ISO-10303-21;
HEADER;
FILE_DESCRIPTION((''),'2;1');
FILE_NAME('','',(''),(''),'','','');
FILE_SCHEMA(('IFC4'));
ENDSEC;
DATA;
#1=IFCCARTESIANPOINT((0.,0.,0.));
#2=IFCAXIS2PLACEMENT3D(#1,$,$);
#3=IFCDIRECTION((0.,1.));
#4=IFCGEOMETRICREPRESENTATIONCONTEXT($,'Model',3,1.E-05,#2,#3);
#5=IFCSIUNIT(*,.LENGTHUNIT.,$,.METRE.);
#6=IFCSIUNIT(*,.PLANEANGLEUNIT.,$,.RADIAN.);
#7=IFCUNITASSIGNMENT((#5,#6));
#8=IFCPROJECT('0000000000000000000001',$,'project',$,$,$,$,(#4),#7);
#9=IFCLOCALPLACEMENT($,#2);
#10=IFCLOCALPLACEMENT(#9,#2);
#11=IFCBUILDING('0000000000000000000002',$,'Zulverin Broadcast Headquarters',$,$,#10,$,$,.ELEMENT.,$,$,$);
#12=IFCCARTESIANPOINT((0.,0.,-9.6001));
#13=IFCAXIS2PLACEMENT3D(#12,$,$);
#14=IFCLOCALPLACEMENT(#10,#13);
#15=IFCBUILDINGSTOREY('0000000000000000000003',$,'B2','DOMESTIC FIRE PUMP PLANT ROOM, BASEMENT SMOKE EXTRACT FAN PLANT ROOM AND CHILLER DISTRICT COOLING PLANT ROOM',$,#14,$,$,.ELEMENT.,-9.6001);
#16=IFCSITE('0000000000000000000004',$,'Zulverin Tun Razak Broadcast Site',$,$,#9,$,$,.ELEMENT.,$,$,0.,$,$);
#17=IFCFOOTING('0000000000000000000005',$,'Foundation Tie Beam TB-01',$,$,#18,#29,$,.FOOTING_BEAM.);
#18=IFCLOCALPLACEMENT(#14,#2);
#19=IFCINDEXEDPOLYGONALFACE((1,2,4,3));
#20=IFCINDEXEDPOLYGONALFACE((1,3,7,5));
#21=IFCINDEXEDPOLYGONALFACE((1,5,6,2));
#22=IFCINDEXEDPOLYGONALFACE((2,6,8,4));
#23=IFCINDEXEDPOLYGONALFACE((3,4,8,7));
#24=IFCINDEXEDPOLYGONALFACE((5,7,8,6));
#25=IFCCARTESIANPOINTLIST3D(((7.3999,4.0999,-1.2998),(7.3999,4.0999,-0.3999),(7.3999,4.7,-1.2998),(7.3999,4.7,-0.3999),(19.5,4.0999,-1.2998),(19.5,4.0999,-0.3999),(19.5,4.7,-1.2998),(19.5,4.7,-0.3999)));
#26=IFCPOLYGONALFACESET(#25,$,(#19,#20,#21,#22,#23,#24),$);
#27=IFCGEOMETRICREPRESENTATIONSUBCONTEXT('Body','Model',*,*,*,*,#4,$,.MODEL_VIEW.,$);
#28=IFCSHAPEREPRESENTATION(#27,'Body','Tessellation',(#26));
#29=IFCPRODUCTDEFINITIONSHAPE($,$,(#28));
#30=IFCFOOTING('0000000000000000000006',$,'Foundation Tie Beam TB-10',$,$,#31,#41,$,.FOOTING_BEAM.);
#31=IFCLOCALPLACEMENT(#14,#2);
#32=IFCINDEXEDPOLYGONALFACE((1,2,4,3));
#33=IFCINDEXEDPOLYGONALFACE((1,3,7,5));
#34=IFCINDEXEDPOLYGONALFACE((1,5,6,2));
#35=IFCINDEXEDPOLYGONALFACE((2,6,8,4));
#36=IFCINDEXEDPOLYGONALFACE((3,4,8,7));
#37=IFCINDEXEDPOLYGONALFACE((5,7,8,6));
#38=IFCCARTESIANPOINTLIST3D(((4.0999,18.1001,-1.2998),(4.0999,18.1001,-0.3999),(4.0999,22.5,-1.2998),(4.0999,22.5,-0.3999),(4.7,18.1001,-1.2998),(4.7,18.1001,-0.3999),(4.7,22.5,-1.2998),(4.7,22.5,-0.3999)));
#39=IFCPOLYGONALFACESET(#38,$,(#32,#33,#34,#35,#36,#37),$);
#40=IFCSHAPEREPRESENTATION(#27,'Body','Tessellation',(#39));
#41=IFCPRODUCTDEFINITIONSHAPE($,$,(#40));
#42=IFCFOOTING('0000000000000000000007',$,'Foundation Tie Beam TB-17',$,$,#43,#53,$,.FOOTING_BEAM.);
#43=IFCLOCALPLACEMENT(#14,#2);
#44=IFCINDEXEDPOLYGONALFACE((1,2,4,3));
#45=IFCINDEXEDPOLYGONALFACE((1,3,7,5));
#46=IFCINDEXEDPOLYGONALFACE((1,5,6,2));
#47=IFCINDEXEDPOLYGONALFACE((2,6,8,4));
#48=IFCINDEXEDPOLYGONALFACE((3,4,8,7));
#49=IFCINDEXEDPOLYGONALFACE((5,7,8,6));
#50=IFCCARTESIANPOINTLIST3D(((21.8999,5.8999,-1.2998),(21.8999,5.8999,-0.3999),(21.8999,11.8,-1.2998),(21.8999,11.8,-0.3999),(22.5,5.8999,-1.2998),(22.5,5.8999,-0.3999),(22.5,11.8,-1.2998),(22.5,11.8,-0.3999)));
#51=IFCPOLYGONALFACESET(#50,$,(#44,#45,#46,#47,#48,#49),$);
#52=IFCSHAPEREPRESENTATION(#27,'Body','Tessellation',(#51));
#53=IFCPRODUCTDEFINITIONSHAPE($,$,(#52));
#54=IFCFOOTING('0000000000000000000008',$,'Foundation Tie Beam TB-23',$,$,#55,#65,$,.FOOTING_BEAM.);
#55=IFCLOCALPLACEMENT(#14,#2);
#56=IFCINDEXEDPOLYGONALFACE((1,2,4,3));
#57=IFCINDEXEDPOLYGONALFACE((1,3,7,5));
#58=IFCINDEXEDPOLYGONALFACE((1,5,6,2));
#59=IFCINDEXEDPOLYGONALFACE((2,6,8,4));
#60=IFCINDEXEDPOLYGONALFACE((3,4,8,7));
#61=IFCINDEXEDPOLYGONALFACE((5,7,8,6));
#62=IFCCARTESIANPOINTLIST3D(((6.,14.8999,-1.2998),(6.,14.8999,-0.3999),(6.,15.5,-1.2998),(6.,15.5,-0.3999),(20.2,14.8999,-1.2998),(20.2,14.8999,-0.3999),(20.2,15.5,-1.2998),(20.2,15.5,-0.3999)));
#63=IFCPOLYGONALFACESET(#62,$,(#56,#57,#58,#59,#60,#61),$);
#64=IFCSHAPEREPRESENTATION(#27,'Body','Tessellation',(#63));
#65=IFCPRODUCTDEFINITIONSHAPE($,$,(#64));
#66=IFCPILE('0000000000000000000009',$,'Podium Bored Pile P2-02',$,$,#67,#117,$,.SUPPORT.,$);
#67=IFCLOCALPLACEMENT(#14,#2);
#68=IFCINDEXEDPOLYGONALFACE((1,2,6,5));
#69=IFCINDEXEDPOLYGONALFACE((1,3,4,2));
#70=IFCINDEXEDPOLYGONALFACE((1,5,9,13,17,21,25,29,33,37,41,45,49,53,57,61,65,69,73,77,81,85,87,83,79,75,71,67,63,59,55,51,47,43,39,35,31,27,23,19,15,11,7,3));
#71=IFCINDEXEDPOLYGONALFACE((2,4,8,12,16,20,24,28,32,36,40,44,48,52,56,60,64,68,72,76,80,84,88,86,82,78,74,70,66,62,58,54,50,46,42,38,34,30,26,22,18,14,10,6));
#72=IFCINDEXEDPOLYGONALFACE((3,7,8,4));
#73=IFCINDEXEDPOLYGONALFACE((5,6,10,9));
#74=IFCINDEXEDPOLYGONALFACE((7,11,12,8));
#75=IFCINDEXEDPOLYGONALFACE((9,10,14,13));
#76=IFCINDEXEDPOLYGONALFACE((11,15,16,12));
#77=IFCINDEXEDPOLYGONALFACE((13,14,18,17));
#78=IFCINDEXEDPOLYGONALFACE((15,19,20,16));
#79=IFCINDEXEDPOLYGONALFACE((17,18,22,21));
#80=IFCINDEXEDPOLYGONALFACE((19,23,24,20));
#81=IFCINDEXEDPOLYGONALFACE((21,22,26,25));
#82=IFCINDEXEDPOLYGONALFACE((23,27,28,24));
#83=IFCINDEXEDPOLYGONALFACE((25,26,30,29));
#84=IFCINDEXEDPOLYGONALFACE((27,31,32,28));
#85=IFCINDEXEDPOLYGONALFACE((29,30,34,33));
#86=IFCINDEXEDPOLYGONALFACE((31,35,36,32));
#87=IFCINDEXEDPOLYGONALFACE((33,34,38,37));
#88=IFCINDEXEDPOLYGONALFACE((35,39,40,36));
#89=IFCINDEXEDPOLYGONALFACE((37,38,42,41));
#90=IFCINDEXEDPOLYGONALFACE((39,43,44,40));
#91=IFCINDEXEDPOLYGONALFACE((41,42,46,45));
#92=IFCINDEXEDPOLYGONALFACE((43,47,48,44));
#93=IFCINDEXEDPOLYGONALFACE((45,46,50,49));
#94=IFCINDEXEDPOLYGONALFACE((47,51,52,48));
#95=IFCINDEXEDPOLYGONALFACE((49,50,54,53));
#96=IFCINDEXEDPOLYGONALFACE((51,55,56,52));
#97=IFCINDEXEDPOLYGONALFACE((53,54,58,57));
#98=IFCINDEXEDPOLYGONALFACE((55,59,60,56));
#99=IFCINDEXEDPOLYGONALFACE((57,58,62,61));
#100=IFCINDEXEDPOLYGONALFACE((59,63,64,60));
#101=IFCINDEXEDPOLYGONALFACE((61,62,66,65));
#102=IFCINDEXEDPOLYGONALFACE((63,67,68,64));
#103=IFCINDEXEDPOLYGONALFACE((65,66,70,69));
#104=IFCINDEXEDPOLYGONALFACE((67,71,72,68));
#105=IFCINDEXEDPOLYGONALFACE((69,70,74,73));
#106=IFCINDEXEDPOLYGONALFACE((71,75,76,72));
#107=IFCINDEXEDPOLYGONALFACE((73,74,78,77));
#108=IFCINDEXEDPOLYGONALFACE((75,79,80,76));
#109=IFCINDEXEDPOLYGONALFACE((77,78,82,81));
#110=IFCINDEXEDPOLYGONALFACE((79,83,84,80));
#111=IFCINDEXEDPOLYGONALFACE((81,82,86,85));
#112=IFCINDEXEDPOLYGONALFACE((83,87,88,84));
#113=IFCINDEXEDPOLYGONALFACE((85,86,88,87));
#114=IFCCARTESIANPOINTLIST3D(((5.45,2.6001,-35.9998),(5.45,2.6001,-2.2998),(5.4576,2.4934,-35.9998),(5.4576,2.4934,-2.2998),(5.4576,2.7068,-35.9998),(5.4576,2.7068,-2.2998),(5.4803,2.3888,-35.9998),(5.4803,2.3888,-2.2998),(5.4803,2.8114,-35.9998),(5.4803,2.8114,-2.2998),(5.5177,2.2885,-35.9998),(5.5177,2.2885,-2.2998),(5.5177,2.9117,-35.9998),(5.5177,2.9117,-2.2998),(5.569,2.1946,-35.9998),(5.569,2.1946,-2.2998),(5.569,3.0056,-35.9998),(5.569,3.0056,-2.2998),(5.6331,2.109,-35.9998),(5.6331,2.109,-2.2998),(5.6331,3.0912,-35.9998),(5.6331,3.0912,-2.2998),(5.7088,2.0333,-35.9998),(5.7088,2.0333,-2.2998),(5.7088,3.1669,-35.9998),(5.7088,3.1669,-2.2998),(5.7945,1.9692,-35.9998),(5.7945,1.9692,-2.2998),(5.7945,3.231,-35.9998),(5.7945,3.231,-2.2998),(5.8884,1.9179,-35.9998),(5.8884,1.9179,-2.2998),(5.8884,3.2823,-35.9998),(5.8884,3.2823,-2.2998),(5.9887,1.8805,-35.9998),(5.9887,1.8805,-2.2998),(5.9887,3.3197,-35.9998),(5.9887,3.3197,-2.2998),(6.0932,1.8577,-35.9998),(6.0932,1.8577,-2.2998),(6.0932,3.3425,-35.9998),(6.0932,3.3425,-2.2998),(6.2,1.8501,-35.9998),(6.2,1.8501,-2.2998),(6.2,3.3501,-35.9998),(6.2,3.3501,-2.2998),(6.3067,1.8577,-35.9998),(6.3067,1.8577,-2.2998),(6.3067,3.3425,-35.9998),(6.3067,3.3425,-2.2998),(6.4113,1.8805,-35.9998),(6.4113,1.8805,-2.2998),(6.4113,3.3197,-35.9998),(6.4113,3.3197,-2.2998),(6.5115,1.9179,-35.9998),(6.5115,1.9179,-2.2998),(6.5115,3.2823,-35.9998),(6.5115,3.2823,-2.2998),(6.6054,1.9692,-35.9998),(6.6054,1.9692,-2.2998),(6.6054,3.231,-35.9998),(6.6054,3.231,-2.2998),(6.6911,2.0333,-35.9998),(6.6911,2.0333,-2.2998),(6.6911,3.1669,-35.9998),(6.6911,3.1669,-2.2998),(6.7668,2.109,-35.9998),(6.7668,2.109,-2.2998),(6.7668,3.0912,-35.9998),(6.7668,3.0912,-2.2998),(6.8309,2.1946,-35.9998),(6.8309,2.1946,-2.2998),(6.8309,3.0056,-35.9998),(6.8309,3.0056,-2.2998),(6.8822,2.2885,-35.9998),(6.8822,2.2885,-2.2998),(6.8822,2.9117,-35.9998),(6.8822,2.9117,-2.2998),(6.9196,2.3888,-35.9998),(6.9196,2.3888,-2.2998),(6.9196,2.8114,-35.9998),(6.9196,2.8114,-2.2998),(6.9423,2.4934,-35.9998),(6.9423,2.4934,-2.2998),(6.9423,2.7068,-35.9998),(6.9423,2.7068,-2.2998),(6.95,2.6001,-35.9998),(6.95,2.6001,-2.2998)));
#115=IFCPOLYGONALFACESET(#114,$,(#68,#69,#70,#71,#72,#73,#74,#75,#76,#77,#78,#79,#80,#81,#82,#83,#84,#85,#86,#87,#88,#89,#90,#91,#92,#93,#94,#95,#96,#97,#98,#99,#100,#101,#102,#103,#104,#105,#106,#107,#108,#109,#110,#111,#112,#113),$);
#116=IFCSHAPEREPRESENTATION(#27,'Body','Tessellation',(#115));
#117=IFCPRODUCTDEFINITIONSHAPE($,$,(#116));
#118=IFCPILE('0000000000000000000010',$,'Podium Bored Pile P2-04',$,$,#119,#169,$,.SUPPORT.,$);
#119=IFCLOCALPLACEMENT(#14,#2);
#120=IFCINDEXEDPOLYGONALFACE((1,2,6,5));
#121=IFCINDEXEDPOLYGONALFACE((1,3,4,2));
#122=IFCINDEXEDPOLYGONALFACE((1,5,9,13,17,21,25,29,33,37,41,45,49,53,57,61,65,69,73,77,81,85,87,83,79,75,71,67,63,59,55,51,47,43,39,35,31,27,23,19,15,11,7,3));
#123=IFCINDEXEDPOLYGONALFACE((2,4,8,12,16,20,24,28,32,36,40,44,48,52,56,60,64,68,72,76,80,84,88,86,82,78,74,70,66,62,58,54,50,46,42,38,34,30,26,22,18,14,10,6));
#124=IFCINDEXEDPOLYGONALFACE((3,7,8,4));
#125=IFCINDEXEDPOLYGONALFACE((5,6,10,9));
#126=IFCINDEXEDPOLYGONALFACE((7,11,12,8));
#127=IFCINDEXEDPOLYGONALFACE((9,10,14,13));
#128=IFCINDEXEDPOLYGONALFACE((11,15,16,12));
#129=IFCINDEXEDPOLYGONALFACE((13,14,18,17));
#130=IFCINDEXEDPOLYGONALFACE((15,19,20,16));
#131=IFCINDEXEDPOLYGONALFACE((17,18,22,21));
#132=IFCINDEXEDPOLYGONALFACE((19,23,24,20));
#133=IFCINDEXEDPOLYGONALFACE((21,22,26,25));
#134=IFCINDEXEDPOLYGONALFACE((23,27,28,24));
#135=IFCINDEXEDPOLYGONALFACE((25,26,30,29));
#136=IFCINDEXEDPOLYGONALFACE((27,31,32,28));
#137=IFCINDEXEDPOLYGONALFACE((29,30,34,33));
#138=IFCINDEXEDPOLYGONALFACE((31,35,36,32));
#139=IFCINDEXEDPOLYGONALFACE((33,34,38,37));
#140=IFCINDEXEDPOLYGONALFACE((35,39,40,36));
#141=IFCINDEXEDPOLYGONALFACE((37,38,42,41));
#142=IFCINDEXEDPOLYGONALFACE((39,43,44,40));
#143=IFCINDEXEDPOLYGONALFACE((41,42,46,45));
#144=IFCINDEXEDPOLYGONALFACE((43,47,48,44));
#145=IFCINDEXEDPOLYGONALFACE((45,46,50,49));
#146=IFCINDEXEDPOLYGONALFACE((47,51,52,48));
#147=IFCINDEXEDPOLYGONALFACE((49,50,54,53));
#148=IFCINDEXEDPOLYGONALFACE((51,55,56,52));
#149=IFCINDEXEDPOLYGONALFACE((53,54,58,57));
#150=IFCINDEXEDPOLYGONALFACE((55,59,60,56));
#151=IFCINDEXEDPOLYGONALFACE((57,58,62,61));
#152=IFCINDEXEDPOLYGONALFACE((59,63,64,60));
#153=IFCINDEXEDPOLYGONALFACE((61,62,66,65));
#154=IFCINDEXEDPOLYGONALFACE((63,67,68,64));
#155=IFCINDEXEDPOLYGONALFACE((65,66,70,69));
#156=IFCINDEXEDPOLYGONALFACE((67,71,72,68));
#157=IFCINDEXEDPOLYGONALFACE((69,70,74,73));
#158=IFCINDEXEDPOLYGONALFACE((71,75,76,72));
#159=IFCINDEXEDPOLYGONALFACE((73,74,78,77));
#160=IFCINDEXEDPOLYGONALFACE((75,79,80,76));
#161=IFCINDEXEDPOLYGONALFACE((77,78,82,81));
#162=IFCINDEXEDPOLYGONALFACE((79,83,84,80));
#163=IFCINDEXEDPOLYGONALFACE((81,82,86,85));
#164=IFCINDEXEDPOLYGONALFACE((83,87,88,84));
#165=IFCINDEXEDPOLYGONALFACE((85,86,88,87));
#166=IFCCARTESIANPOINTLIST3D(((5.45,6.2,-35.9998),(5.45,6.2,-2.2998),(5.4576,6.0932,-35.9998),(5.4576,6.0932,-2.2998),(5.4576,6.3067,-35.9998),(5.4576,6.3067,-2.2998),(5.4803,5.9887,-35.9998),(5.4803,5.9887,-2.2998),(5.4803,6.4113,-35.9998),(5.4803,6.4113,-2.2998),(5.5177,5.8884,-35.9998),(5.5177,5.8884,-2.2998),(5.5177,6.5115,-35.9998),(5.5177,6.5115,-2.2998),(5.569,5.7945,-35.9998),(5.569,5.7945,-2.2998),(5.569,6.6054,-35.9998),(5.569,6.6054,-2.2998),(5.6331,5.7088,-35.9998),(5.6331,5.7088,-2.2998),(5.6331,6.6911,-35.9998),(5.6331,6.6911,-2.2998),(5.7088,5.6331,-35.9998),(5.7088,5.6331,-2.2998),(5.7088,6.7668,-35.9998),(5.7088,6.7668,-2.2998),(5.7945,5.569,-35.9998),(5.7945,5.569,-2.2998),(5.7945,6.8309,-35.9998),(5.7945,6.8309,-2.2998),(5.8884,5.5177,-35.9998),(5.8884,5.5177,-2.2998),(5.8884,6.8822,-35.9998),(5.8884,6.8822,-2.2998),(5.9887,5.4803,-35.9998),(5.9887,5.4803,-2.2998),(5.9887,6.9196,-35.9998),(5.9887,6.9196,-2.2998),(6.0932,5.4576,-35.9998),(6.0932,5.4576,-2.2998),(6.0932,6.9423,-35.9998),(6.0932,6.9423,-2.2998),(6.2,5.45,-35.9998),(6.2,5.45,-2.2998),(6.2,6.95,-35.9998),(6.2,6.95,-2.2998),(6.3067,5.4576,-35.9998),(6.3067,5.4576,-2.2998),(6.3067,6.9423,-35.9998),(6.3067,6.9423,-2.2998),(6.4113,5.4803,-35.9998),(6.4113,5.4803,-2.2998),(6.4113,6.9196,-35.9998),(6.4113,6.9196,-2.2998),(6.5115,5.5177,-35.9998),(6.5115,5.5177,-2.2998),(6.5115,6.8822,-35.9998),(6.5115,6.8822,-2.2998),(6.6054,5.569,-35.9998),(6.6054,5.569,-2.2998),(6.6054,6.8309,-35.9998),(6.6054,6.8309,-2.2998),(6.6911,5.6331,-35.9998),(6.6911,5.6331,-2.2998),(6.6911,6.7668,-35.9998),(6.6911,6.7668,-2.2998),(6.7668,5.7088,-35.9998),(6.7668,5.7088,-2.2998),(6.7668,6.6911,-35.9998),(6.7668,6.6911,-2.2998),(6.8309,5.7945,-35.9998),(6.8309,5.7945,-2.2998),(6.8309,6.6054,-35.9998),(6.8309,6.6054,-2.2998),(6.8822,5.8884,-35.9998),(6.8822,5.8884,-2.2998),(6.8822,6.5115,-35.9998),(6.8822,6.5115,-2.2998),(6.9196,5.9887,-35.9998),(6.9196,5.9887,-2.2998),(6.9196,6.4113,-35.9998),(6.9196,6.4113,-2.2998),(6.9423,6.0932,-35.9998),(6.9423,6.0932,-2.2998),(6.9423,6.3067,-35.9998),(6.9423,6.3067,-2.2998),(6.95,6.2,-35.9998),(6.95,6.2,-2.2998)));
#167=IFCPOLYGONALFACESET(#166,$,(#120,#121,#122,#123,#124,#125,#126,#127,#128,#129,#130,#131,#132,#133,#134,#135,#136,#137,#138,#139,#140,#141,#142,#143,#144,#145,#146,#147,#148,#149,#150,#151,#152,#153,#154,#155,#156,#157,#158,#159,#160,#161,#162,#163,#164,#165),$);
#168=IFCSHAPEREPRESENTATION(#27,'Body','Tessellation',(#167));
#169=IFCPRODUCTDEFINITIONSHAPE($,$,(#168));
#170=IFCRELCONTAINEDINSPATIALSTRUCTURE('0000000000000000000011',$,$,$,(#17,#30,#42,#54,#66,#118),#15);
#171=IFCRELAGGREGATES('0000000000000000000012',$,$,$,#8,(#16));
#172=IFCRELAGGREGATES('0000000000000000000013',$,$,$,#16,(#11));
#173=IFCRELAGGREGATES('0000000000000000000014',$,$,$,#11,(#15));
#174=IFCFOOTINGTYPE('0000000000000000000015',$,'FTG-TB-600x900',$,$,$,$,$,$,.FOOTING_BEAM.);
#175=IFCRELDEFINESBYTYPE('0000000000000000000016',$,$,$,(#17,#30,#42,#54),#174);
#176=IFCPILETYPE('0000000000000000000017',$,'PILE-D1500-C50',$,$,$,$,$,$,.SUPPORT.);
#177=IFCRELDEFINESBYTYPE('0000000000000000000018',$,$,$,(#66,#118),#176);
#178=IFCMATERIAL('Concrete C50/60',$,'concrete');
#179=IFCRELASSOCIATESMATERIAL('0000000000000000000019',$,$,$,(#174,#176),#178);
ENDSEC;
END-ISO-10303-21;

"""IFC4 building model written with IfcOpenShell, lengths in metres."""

from ifc_helpers import new_model, si_unit, direction, frame, origin, origin_2d, place, context, subcontext, project, spatial, rectangle, circle, extrude, material, material_profile, profile_set, type_object, element, save


model = new_model("IFC4")

# Units and contexts
model_context = context("Model", 3, precision=1e-05, world=origin(), true_north=direction((0.0, 1.0)))
body_context = subcontext(model_context, "Body", "Model", "MODEL_VIEW")
ifc_project = project(units=[si_unit("LENGTHUNIT", "METRE"), si_unit("PLANEANGLEUNIT", "RADIAN")], contexts=[model_context])

# Site, building, storey
site_placement = place(None, origin())
site = spatial("IfcSite", under=ifc_project, at=site_placement, Name="Zulverin Tun Razak Broadcast Site", CompositionType="ELEMENT", RefElevation=0.0)
building_placement = place(site_placement, origin())
building = spatial("IfcBuilding", under=site, at=building_placement, Name="Zulverin Broadcast Headquarters", CompositionType="ELEMENT")
storey_placement = place(building_placement, frame((0.0, 0.0, -9.6001)))
storey = spatial("IfcBuildingStorey", under=building, at=storey_placement, Name="B2", Description="DOMESTIC FIRE PUMP PLANT ROOM, BASEMENT SMOKE EXTRACT FAN PLANT ROOM AND CHILLER DISTRICT COOLING PLANT ROOM", CompositionType="ELEMENT", Elevation=-9.6001)

# Footings
ifc_material_1 = material(Name="Concrete C50/60", Category="concrete")
ifc_material_profile_1 = material_profile(ifc_material_1, rectangle(XDim=0.6001, YDim=0.8999, at=origin_2d()), Name="Concrete C50/60", Category="concrete")
ifc_profile_set_1 = profile_set([ifc_material_profile_1], Name="Concrete C50/60")
footing_type = type_object("IfcFootingType", Name="FTG-TB-600x900", PredefinedType="FOOTING_BEAM", material=ifc_profile_set_1)
footing_1_placement = place(storey_placement, frame((7.3999, 4.3999, -0.8499), z_axis=(1.0, 0.0, 0.0), x_axis=(0.0, 1.0, 0.0)))
element("IfcFooting", 1, at=footing_1_placement, inside=storey, type_object=footing_type, Name="Foundation Tie Beam TB-01", PredefinedType="FOOTING_BEAM", context=body_context, shape_type="SweptSolid", body=[
    extrude(rectangle(XDim=0.6001, YDim=0.8999, at=origin_2d()), origin(), (0.0, 0.0, 1.0), 12.1001),
])
footing_2_placement = place(storey_placement, frame((4.3999, 18.1001, -0.8499), z_axis=(0.0, 1.0, 0.0), x_axis=(-1.0, 0.0, 0.0)))
element("IfcFooting", 2, at=footing_2_placement, inside=storey, type_object=footing_type, Name="Foundation Tie Beam TB-10", PredefinedType="FOOTING_BEAM", context=body_context, shape_type="SweptSolid", body=[
    extrude(rectangle(XDim=0.6001, YDim=0.8999, at=origin_2d()), origin(), (0.0, 0.0, 1.0), 4.3999),
])
footing_3_placement = place(storey_placement, frame((22.2, 5.8999, -0.8499), z_axis=(0.0, 1.0, 0.0), x_axis=(-1.0, 0.0, 0.0)))
element("IfcFooting", 3, at=footing_3_placement, inside=storey, type_object=footing_type, Name="Foundation Tie Beam TB-17", PredefinedType="FOOTING_BEAM", context=body_context, shape_type="SweptSolid", body=[
    extrude(rectangle(XDim=0.6001, YDim=0.8999, at=origin_2d()), origin(), (0.0, 0.0, 1.0), 5.9001),
])
footing_4_placement = place(storey_placement, frame((6.0, 15.2, -0.8499), z_axis=(1.0, 0.0, 0.0), x_axis=(0.0, 1.0, 0.0)))
element("IfcFooting", 4, at=footing_4_placement, inside=storey, type_object=footing_type, Name="Foundation Tie Beam TB-23", PredefinedType="FOOTING_BEAM", context=body_context, shape_type="SweptSolid", body=[
    extrude(rectangle(XDim=0.6001, YDim=0.8999, at=origin_2d()), origin(), (0.0, 0.0, 1.0), 14.2),
])

# Piles
ifc_material_profile_2 = material_profile(ifc_material_1, circle(Radius=0.75, at=origin_2d()), Name="Concrete C50/60", Category="concrete")
ifc_profile_set_2 = profile_set([ifc_material_profile_2], Name="Concrete C50/60")
pile_type_1 = type_object("IfcPileType", Name="PILE-D1500-C50", PredefinedType="SUPPORT", material=ifc_profile_set_2)
for number, where, z_axis, x_axis, name in (
    (5, (6.2, 2.6001, -2.2998), (0.0, 0.0, -1.0), (1.0, 0.0, 0.0), "Podium Bored Pile P2-02"),
    (6, (6.2, 6.2, -2.2998), (0.0, 0.0, -1.0), (1.0, 0.0, 0.0), "Podium Bored Pile P2-04"),
):
    element("IfcPile", number, at=place(storey_placement, frame(where, z_axis=z_axis, x_axis=x_axis)), inside=storey, type_object=pile_type_1, Name=name, PredefinedType="SUPPORT", context=body_context, shape_type="SweptSolid", body=[
        extrude(circle(Radius=0.75, at=origin_2d()), origin(), (0.0, 0.0, 1.0), 33.7),
    ])

save(model, "model.ifc")
